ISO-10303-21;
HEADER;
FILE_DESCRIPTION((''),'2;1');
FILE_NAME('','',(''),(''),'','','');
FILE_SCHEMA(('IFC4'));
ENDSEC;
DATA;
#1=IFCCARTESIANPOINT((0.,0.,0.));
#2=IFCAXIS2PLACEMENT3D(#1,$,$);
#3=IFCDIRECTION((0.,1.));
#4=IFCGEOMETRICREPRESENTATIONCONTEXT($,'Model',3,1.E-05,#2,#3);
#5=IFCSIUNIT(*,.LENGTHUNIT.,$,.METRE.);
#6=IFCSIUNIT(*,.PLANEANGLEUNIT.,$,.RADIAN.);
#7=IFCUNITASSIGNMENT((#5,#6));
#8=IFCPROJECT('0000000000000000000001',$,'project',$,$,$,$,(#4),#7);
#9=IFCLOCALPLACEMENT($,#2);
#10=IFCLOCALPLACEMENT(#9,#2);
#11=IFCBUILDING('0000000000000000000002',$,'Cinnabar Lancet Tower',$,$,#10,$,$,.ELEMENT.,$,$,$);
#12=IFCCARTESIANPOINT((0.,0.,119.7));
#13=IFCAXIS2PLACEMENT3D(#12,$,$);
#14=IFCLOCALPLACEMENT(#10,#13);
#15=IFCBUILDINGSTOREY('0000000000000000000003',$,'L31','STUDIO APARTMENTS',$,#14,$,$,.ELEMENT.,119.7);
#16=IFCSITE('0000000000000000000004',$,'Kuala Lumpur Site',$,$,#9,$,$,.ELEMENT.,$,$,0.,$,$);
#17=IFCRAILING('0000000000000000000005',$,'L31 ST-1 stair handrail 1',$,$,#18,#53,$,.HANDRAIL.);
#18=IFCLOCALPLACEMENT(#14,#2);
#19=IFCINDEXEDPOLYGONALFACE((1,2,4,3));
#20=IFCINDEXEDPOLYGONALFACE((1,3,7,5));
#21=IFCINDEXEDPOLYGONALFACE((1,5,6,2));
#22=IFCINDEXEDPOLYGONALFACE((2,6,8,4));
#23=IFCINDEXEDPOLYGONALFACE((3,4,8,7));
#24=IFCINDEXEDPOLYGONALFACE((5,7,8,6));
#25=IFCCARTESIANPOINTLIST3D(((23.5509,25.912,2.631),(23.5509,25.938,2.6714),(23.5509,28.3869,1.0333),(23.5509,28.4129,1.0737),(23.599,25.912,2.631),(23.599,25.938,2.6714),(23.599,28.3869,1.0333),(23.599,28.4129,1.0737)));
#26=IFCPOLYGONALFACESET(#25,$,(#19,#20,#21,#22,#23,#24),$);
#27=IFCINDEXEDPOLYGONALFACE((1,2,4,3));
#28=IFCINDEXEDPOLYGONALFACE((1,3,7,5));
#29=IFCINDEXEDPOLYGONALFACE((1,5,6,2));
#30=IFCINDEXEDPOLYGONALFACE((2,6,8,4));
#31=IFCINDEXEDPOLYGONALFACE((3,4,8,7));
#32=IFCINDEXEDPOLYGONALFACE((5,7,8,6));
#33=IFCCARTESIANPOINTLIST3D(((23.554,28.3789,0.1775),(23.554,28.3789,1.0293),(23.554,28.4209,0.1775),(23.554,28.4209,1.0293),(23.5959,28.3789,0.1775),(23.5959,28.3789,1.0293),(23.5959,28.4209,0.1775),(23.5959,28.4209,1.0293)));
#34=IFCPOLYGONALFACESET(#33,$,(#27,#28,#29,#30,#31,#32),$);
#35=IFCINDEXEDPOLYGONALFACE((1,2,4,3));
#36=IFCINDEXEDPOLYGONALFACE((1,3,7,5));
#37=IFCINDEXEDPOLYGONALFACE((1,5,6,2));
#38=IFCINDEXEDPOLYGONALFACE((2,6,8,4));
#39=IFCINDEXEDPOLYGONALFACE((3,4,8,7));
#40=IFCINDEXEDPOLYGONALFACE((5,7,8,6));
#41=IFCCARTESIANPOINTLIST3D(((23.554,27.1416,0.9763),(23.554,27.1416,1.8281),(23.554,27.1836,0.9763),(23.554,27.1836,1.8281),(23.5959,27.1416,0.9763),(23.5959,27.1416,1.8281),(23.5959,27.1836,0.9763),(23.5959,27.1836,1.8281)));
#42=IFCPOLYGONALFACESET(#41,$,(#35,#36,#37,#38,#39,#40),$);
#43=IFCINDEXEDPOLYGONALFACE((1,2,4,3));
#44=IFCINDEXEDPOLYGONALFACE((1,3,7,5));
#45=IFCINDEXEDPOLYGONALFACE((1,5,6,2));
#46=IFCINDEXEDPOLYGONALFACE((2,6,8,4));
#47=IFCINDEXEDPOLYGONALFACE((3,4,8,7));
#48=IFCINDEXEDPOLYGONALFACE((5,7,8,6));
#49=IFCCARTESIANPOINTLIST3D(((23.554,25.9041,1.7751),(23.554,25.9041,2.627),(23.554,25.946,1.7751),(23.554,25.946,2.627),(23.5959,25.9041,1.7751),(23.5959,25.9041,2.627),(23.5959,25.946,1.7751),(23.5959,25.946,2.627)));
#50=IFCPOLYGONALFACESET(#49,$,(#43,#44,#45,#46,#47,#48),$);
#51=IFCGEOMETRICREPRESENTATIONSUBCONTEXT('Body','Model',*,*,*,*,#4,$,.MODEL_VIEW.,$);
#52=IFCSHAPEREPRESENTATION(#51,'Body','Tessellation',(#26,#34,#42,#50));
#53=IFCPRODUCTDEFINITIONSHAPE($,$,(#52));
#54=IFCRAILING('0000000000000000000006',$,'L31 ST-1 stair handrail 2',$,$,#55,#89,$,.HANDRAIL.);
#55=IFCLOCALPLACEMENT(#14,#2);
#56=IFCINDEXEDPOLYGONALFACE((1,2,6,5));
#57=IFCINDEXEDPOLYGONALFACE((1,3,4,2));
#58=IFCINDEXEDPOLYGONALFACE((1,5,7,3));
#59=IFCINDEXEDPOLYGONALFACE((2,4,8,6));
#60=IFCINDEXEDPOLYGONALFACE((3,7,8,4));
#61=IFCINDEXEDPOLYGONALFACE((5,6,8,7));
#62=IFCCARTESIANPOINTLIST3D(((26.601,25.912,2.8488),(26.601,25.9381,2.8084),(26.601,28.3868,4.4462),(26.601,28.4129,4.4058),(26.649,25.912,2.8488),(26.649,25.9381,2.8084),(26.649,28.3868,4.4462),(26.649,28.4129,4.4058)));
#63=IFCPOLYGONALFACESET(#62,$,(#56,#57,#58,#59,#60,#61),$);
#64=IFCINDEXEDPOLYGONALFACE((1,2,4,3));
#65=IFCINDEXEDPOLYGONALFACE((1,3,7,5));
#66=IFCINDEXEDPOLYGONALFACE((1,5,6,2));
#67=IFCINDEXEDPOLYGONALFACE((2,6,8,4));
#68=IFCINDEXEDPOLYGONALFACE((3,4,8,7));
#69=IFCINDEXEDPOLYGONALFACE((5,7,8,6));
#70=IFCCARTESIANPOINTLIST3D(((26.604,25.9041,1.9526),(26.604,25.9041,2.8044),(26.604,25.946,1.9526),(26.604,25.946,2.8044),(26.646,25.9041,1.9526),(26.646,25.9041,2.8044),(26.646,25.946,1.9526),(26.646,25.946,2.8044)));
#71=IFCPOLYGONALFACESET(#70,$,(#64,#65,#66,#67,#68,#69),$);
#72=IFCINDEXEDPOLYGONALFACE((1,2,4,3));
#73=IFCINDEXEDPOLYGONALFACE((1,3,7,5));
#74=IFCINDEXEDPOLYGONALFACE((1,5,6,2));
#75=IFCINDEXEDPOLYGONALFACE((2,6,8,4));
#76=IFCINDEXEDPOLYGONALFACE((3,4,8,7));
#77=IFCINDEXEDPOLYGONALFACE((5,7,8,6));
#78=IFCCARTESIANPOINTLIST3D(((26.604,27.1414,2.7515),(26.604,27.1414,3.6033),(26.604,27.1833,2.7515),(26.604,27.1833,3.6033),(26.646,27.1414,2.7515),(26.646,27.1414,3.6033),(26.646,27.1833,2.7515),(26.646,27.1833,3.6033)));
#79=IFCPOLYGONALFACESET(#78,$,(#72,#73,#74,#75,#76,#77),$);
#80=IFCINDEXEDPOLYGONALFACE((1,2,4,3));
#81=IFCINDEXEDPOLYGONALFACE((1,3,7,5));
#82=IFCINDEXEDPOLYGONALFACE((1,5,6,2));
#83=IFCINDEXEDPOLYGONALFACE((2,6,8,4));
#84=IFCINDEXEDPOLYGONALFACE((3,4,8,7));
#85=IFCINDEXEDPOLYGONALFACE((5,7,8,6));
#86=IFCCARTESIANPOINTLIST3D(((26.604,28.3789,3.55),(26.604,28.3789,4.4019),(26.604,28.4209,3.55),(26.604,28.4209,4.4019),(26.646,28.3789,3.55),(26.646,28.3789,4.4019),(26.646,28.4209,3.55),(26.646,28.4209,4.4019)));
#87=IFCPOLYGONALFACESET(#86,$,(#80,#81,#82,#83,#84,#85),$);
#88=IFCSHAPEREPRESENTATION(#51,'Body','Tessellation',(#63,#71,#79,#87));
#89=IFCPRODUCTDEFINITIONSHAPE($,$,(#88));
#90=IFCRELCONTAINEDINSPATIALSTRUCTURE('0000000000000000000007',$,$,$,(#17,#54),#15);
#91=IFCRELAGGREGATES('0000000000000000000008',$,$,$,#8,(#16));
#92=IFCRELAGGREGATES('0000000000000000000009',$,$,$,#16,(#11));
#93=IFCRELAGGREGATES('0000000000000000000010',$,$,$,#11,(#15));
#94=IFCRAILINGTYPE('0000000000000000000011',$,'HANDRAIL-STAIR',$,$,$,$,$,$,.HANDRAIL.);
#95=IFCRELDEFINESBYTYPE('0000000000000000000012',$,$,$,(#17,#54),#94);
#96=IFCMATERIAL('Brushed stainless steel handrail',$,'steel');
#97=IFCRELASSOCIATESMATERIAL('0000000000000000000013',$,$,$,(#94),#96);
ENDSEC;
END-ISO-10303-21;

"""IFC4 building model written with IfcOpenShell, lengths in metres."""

from ifc_helpers import new_model, si_unit, direction, frame, origin, origin_2d, place, context, subcontext, project, spatial, rectangle, extrude, material, type_object, element, save


model = new_model("IFC4")

# Units and contexts
model_context = context("Model", 3, precision=1e-05, world=origin(), true_north=direction((0.0, 1.0)))
body_context = subcontext(model_context, "Body", "Model", "MODEL_VIEW")
ifc_project = project(units=[si_unit("LENGTHUNIT", "METRE"), si_unit("PLANEANGLEUNIT", "RADIAN")], contexts=[model_context])

# Site, building, storey
site_placement = place(None, origin())
site = spatial("IfcSite", under=ifc_project, at=site_placement, Name="Kuala Lumpur Site", CompositionType="ELEMENT", RefElevation=0.0)
building_placement = place(site_placement, origin())
building = spatial("IfcBuilding", under=site, at=building_placement, Name="Cinnabar Lancet Tower", CompositionType="ELEMENT")
storey_placement = place(building_placement, frame((0.0, 0.0, 119.7)))
storey = spatial("IfcBuildingStorey", under=building, at=storey_placement, Name="L31", Description="STUDIO APARTMENTS", CompositionType="ELEMENT", Elevation=119.7)

# Railings
ifc_material_1 = material(Name="Brushed stainless steel handrail", Category="steel")
railing_type_1 = type_object("IfcRailingType", Name="HANDRAIL-STAIR", PredefinedType="HANDRAIL", material=ifc_material_1)
railing_1_placement = place(storey_placement, frame((23.575, 28.3999, 0.1775)))
element("IfcRailing", 1, at=railing_1_placement, inside=storey, type_object=railing_type_1, Name="L31 ST-1 stair handrail 1", PredefinedType="HANDRAIL", context=body_context, shape_type="SweptSolid", body=[
    extrude(rectangle(XDim=0.0481, YDim=0.0481, at=origin_2d()), frame((0.0, 0.0, 0.876), z_axis=(0.0, -0.840146, 0.542361), x_axis=(1.0, 0.0, 0.0)), (0.0, 0.0, 1.0), 2.9458),
    extrude(rectangle(XDim=0.042, YDim=0.042, at=origin_2d()), origin(), (0.0, 0.0, 1.0), 0.8518),
    extrude(rectangle(XDim=0.042, YDim=0.042, at=origin_2d()), frame((0.0, -1.2373, 0.7988)), (0.0, 0.0, 1.0), 0.8518),
    extrude(rectangle(XDim=0.042, YDim=0.042, at=origin_2d()), frame((0.0, -2.4749, 1.5977)), (0.0, 0.0, 1.0), 0.8518),
])
railing_2_placement = place(storey_placement, frame((26.625, 25.925, 1.9526)))
element("IfcRailing", 2, at=railing_2_placement, inside=storey, type_object=railing_type_1, Name="L31 ST-1 stair handrail 2", PredefinedType="HANDRAIL", context=body_context, shape_type="SweptSolid", body=[
    extrude(rectangle(XDim=0.0481, YDim=0.0481, at=origin_2d()), frame((0.0, 0.0, 0.876), z_axis=(0.0, 0.840183, 0.542302), x_axis=(-1.0, 0.0, 0.0)), (0.0, 0.0, 1.0), 2.9456),
    extrude(rectangle(XDim=0.042, YDim=0.042, at=origin_2d()), origin(), (0.0, 0.0, 1.0), 0.8518),
    extrude(rectangle(XDim=0.042, YDim=0.042, at=origin_2d()), frame((0.0, 1.2373, 0.7988)), (0.0, 0.0, 1.0), 0.8518),
    extrude(rectangle(XDim=0.042, YDim=0.042, at=origin_2d()), frame((0.0, 2.4749, 1.5974)), (0.0, 0.0, 1.0), 0.8518),
])

save(model, "model.ifc")
